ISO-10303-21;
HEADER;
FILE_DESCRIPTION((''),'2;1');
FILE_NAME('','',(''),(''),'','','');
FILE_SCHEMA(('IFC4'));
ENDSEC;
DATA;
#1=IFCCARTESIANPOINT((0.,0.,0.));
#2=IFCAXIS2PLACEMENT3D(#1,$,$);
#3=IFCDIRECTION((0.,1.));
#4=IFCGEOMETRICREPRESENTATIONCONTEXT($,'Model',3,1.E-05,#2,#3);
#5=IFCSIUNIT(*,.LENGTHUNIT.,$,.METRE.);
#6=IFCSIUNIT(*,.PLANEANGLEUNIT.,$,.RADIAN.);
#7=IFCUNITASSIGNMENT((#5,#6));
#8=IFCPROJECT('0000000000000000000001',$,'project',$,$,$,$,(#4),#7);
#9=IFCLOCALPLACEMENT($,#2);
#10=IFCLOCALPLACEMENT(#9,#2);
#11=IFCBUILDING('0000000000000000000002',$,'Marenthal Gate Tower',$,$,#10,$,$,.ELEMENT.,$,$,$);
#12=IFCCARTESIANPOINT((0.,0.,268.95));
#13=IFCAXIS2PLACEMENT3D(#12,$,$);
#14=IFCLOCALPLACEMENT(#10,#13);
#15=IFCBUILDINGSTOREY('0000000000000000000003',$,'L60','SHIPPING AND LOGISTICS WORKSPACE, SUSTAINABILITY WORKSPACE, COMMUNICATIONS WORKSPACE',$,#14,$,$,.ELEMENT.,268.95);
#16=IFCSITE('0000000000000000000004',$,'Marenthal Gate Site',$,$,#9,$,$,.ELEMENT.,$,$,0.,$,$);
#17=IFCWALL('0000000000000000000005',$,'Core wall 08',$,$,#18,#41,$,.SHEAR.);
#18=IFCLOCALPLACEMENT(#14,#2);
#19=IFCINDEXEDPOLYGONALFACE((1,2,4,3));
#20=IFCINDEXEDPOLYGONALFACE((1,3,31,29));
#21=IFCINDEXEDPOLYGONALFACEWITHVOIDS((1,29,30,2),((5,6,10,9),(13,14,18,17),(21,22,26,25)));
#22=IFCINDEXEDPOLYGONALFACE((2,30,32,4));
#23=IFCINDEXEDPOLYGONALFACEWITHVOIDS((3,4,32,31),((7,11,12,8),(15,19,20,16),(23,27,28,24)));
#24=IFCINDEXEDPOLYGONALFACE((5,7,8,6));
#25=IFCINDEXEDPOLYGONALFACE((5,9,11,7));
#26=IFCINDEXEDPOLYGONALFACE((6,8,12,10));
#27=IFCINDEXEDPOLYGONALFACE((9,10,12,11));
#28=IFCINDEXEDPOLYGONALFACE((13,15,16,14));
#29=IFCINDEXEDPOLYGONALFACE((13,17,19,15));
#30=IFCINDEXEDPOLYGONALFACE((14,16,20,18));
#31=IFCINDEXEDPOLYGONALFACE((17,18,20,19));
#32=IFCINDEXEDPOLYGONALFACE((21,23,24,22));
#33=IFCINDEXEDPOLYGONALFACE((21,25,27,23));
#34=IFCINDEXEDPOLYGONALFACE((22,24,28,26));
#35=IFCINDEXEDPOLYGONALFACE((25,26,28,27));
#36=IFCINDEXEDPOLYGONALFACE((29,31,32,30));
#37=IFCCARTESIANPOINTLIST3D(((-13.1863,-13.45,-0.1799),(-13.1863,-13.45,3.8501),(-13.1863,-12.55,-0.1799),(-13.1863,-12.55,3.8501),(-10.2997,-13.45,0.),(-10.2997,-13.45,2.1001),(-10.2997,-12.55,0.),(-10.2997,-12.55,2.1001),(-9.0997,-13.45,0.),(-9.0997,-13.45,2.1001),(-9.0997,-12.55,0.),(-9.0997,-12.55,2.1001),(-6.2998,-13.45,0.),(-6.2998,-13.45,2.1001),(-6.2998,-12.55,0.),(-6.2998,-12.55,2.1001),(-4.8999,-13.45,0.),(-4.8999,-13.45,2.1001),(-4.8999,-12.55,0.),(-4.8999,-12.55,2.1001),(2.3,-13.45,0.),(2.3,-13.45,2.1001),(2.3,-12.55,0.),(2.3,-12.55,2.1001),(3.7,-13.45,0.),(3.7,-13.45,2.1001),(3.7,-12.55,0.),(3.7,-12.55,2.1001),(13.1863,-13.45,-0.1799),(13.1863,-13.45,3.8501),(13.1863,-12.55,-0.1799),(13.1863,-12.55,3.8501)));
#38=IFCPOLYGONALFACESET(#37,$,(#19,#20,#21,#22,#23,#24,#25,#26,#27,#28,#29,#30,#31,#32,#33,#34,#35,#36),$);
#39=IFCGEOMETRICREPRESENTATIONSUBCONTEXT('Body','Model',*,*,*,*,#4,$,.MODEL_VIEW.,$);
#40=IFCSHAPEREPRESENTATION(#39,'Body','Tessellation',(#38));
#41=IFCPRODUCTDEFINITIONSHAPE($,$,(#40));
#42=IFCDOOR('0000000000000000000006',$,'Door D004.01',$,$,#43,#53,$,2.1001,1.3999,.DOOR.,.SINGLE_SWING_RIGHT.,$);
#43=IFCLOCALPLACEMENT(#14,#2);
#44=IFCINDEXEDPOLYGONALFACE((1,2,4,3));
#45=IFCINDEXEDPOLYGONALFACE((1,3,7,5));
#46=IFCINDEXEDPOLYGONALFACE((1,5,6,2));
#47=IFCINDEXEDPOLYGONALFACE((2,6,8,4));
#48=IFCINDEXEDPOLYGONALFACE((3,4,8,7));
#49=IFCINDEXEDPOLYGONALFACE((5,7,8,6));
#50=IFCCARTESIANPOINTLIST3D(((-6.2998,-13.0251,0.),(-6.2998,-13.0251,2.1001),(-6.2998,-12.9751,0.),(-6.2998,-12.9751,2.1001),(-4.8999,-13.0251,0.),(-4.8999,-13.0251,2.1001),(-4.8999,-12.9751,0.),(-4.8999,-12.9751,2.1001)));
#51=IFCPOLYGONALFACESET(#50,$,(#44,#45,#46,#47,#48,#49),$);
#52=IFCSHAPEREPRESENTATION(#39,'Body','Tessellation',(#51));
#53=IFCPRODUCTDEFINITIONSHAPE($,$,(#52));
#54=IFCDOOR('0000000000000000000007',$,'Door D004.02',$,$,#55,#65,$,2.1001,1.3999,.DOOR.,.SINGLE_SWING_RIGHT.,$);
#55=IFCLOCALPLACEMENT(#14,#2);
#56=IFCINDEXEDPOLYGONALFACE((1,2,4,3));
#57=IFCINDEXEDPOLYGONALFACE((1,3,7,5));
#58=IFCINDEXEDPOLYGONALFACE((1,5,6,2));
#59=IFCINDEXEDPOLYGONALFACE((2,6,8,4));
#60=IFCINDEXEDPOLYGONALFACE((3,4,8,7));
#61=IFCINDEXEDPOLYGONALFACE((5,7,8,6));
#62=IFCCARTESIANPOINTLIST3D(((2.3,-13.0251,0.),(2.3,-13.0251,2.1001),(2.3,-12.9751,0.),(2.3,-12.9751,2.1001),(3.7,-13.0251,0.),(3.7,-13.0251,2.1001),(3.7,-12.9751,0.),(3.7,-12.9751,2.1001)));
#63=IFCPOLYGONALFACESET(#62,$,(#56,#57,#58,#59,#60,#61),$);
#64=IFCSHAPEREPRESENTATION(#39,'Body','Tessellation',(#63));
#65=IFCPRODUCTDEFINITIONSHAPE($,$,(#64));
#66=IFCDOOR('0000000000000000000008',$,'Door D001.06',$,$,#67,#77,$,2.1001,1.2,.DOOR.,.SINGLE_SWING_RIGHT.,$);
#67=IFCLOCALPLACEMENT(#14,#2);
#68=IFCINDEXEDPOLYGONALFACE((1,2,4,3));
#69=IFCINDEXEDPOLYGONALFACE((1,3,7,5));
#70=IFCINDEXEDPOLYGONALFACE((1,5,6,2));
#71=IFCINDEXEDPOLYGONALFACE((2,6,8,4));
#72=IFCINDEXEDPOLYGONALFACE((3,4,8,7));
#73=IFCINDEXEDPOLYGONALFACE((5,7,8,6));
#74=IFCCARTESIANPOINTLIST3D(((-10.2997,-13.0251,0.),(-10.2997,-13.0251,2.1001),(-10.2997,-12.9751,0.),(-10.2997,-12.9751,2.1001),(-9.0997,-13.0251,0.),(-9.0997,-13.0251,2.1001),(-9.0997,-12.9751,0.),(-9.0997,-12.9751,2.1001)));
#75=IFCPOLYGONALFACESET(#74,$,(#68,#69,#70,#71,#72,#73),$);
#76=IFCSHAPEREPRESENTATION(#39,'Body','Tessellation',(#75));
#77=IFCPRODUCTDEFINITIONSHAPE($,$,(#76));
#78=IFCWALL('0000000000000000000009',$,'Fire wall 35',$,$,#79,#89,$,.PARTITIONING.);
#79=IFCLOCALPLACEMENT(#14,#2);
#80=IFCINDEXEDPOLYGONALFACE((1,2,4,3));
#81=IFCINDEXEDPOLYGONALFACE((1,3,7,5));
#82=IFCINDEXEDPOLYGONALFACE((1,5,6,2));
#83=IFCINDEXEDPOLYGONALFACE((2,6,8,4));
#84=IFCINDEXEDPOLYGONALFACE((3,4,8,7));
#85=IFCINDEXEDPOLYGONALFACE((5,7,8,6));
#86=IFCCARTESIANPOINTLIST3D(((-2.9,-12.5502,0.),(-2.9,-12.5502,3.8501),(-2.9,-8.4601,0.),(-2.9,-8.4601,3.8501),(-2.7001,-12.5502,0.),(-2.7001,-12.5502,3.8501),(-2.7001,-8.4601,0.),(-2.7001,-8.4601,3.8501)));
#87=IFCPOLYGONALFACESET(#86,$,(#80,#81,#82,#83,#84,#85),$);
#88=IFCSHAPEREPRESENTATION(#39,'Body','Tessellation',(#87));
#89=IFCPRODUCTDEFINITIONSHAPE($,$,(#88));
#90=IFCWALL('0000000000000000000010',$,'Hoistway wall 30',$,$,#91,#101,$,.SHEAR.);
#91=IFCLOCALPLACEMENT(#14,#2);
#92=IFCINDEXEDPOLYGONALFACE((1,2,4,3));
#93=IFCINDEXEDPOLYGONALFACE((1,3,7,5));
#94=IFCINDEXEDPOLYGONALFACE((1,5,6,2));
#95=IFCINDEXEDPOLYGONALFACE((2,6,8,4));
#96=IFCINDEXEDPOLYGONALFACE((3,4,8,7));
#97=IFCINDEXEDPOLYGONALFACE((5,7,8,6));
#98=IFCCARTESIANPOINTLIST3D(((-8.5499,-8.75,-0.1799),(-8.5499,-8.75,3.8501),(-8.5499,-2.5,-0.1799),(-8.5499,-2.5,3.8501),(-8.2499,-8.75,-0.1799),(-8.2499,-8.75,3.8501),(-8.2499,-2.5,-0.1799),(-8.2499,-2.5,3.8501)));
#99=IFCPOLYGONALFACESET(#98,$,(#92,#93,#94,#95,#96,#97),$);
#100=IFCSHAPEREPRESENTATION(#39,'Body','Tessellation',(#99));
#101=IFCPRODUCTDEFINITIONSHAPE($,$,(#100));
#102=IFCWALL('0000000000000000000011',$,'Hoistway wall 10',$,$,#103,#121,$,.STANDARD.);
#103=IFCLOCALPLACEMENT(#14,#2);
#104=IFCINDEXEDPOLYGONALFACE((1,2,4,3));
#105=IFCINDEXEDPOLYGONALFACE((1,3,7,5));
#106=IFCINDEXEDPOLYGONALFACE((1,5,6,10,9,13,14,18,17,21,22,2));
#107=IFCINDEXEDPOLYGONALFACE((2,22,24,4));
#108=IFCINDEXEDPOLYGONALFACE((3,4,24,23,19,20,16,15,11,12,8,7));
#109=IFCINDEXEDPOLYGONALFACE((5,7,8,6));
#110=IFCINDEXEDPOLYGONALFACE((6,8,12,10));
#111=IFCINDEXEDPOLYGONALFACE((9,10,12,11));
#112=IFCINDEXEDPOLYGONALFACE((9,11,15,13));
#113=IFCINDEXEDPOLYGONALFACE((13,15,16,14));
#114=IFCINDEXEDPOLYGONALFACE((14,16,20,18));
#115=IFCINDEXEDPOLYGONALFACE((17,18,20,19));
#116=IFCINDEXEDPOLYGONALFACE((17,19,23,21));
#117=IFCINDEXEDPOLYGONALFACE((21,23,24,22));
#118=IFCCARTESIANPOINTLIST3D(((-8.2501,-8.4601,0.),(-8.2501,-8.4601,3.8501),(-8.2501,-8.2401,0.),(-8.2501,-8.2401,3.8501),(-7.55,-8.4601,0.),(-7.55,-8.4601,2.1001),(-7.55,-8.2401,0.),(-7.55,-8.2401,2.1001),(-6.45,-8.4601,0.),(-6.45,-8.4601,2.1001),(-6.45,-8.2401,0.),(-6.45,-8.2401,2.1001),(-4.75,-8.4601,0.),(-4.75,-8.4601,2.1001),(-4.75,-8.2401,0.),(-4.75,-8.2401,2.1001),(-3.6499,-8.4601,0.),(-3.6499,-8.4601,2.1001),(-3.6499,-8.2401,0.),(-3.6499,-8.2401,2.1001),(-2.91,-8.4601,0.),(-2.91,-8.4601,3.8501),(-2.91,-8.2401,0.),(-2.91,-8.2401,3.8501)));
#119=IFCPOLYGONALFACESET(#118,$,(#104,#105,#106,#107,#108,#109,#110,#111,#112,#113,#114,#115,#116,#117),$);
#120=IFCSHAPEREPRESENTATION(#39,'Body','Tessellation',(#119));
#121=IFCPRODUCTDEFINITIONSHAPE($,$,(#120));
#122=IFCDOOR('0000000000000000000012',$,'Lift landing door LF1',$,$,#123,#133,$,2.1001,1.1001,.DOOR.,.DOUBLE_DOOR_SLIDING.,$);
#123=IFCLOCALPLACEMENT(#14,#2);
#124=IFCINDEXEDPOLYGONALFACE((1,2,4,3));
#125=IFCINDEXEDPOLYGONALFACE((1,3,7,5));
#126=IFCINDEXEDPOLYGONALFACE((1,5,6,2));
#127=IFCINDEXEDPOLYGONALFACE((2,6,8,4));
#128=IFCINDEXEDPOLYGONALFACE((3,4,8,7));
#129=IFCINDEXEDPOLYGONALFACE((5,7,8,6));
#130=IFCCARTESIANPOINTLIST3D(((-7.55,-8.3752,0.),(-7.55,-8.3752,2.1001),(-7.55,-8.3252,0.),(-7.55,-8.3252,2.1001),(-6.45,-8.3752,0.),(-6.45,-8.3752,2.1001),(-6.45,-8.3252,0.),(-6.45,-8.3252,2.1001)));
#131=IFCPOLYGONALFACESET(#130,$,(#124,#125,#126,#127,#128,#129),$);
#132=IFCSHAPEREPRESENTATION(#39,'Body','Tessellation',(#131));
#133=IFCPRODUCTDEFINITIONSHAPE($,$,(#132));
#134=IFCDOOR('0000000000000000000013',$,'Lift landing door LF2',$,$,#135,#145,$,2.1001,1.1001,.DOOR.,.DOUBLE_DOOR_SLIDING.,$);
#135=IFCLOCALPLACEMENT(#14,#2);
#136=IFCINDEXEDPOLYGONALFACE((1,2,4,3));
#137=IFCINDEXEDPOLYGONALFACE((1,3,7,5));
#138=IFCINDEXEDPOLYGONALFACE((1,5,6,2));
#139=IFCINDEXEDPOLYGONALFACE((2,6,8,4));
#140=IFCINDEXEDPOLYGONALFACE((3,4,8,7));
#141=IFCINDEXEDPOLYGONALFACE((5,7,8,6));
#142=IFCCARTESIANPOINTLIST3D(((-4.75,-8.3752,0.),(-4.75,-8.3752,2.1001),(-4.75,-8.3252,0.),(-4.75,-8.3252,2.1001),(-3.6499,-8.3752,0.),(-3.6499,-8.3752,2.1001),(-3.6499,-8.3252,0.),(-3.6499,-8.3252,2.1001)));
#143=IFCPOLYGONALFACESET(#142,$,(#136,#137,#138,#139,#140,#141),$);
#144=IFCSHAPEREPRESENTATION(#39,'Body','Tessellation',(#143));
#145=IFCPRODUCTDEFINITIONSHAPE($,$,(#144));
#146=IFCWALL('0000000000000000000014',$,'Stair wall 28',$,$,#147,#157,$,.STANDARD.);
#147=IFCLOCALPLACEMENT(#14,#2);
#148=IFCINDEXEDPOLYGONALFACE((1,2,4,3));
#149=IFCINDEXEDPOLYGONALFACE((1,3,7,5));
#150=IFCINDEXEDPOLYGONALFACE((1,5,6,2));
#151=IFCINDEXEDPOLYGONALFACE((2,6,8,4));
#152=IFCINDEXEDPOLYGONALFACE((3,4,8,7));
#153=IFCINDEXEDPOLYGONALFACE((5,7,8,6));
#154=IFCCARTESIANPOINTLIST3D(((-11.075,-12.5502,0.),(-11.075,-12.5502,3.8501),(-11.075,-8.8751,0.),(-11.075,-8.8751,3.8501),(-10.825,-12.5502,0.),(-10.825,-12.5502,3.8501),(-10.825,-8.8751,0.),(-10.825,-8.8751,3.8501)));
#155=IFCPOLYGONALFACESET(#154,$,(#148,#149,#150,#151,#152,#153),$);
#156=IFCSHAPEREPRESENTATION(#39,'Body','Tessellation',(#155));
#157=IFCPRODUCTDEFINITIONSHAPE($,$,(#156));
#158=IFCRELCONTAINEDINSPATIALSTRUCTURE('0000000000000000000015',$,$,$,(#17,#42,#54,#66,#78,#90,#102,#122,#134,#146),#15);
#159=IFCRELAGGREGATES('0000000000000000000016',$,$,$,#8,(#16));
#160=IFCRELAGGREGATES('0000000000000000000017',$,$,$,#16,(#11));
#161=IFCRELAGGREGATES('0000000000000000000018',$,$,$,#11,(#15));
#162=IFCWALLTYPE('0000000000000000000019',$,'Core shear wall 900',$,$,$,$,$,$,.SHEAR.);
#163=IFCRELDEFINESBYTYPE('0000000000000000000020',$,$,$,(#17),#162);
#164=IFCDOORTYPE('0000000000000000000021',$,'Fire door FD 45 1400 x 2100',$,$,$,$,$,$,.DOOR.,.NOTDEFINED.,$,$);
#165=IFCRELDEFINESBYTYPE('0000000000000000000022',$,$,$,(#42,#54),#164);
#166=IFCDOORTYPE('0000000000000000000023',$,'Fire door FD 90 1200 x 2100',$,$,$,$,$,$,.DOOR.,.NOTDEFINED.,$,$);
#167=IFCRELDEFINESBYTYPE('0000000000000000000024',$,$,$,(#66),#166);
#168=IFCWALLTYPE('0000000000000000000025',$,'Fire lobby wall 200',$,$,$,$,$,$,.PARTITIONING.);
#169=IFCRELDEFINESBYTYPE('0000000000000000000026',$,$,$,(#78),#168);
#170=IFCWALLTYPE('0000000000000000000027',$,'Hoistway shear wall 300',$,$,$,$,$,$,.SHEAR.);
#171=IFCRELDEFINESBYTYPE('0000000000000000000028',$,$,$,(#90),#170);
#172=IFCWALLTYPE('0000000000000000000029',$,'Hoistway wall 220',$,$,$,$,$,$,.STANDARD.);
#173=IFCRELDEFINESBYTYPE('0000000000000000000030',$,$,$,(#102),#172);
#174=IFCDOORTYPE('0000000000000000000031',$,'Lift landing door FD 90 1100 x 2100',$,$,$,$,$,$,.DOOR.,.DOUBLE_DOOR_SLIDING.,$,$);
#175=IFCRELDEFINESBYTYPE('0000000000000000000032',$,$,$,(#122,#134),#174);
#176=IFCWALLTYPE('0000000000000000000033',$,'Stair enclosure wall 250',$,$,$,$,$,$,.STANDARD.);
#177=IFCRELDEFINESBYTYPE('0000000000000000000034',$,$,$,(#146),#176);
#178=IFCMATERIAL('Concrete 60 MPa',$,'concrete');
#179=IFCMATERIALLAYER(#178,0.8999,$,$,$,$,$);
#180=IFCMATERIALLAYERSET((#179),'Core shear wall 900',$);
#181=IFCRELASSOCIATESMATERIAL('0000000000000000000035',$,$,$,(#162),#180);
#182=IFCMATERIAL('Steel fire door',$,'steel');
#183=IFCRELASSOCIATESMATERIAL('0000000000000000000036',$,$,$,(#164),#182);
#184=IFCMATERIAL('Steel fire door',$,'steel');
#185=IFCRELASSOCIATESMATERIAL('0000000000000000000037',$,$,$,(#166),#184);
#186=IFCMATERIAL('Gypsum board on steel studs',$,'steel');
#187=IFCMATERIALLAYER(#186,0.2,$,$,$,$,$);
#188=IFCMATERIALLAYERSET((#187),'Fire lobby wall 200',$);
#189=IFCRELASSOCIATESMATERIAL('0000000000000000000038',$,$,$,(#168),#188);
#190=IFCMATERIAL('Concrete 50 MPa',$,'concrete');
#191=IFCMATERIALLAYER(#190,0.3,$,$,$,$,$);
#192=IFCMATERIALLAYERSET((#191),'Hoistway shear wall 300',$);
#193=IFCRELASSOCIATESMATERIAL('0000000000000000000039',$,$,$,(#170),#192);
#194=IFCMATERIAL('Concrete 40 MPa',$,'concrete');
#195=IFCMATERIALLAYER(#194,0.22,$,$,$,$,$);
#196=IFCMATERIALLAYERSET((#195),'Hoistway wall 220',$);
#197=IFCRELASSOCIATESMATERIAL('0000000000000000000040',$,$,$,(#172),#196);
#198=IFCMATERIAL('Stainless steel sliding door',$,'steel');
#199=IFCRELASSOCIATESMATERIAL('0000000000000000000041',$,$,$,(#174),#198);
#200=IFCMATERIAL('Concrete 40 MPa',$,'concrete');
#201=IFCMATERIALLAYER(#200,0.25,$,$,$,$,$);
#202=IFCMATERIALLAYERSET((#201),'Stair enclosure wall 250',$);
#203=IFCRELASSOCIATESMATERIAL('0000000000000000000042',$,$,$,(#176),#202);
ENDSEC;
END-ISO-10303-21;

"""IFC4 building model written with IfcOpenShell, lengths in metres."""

from ifc_helpers import new_model, si_unit, direction, frame, frame_2d, origin, place, context, subcontext, project, spatial, rectangle, extrude, material, layer, layer_set, type_object, element, fill, save


model = new_model("IFC4")

# Units and contexts
model_context = context("Model", 3, precision=1e-05, world=origin(), true_north=direction((0.0, 1.0)))
body_context = subcontext(model_context, "Body", "Model", "MODEL_VIEW")
ifc_project = project(units=[si_unit("LENGTHUNIT", "METRE"), si_unit("PLANEANGLEUNIT", "RADIAN")], contexts=[model_context])

# Site, building, storey
site_placement = place(None, origin())
site = spatial("IfcSite", under=ifc_project, at=site_placement, Name="Marenthal Gate Site", CompositionType="ELEMENT", RefElevation=0.0)
building_placement = place(site_placement, origin())
building = spatial("IfcBuilding", under=site, at=building_placement, Name="Marenthal Gate Tower", CompositionType="ELEMENT")
storey_placement = place(building_placement, frame((0.0, 0.0, 268.95)))
storey = spatial("IfcBuildingStorey", under=building, at=storey_placement, Name="L60", Description="SHIPPING AND LOGISTICS WORKSPACE, SUSTAINABILITY WORKSPACE, COMMUNICATIONS WORKSPACE", CompositionType="ELEMENT", Elevation=268.95)

# Wall, openings, doors
ifc_material_1 = material(Name="Concrete 60 MPa", Category="concrete")
ifc_layer_1 = layer(ifc_material_1, 0.8999)
ifc_layer_set_1 = layer_set([ifc_layer_1], Name="Core shear wall 900")
wall_type_1 = type_object("IfcWallType", Name="Core shear wall 900", PredefinedType="SHEAR", material=ifc_layer_set_1)
wall_1_placement = place(storey_placement, frame((-13.1863, -13.0, -0.1799), z_axis=(0.0, 0.0, 1.0), x_axis=(1.0, 0.0, 0.0)))
wall_1 = element("IfcWall", 1, at=wall_1_placement, inside=storey, type_object=wall_type_1, Name="Core wall 08", PredefinedType="SHEAR", context=body_context, shape_type="SweptSolid", body=[
    extrude(rectangle(XDim=26.3726, YDim=0.8999, at=frame_2d((13.1863, 0.0))), origin(), (0.0, 0.0, 1.0), 4.03),
])
opening_1_placement = place(wall_1_placement, frame((2.8865, 0.0, 0.1799)))
opening_1 = element("IfcOpeningElement", 2, at=opening_1_placement, cuts=wall_1, PredefinedType="OPENING", context=body_context, shape_type="SweptSolid", body=[
    extrude(rectangle(XDim=1.2, YDim=2.1001, at=frame_2d((0.6001, 1.05))), frame((0.0, 0.46, 0.0), z_axis=(0.0, -1.0, 0.0), x_axis=(1.0, 0.0, 0.0)), (0.0, 0.0, 1.0), 0.9199),
])
opening_2_placement = place(wall_1_placement, frame((6.8865, 0.0, 0.1799)))
opening_2 = element("IfcOpeningElement", 3, at=opening_2_placement, cuts=wall_1, PredefinedType="OPENING", context=body_context, shape_type="SweptSolid", body=[
    extrude(rectangle(XDim=1.3999, YDim=2.1001, at=frame_2d((0.7, 1.05))), frame((0.0, 0.46, 0.0), z_axis=(0.0, -1.0, 0.0), x_axis=(1.0, 0.0, 0.0)), (0.0, 0.0, 1.0), 0.9199),
])
opening_3_placement = place(wall_1_placement, frame((15.4863, 0.0, 0.1799)))
opening_3 = element("IfcOpeningElement", 4, at=opening_3_placement, cuts=wall_1, PredefinedType="OPENING", context=body_context, shape_type="SweptSolid", body=[
    extrude(rectangle(XDim=1.3999, YDim=2.1001, at=frame_2d((0.7, 1.05))), frame((0.0, 0.46, 0.0), z_axis=(0.0, -1.0, 0.0), x_axis=(1.0, 0.0, 0.0)), (0.0, 0.0, 1.0), 0.9199),
])
ifc_material_2 = material(Name="Steel fire door", Category="steel")
door_type_1 = type_object("IfcDoorType", Name="Fire door FD 45 1400 x 2100", OperationType="NOTDEFINED", PredefinedType="DOOR", material=ifc_material_2)
door_1_placement = place(opening_2_placement, origin())
door_1 = element("IfcDoor", 5, at=door_1_placement, inside=storey, type_object=door_type_1, Name="Door D004.01", OperationType="SINGLE_SWING_RIGHT", OverallHeight=2.1001, OverallWidth=1.3999, PredefinedType="DOOR", context=body_context, shape_type="SweptSolid", body=[
    extrude(rectangle(XDim=1.3999, YDim=2.1001, at=frame_2d((0.7, 1.05))), frame((0.0, 0.0249, 0.0), z_axis=(0.0, -1.0, 0.0), x_axis=(1.0, 0.0, 0.0)), (0.0, 0.0, 1.0), 0.05),
])
fill(opening_2, door_1)
door_2_placement = place(opening_3_placement, origin())
door_2 = element("IfcDoor", 6, at=door_2_placement, inside=storey, type_object=door_type_1, Name="Door D004.02", OperationType="SINGLE_SWING_RIGHT", OverallHeight=2.1001, OverallWidth=1.3999, PredefinedType="DOOR", context=body_context, shape_type="SweptSolid", body=[
    extrude(rectangle(XDim=1.3999, YDim=2.1001, at=frame_2d((0.7, 1.05))), frame((0.0, 0.0249, 0.0), z_axis=(0.0, -1.0, 0.0), x_axis=(1.0, 0.0, 0.0)), (0.0, 0.0, 1.0), 0.05),
])
fill(opening_3, door_2)
ifc_material_3 = material(Name="Steel fire door", Category="steel")
door_type_2 = type_object("IfcDoorType", Name="Fire door FD 90 1200 x 2100", OperationType="NOTDEFINED", PredefinedType="DOOR", material=ifc_material_3)
door_3_placement = place(opening_1_placement, origin())
door_3 = element("IfcDoor", 7, at=door_3_placement, inside=storey, type_object=door_type_2, Name="Door D001.06", OperationType="SINGLE_SWING_RIGHT", OverallHeight=2.1001, OverallWidth=1.2, PredefinedType="DOOR", context=body_context, shape_type="SweptSolid", body=[
    extrude(rectangle(XDim=1.2, YDim=2.1001, at=frame_2d((0.6001, 1.05))), frame((0.0, 0.0249, 0.0), z_axis=(0.0, -1.0, 0.0), x_axis=(1.0, 0.0, 0.0)), (0.0, 0.0, 1.0), 0.05),
])
fill(opening_1, door_3)

# Walls
ifc_material_4 = material(Name="Gypsum board on steel studs", Category="steel")
ifc_layer_2 = layer(ifc_material_4, 0.2)
ifc_layer_set_2 = layer_set([ifc_layer_2], Name="Fire lobby wall 200")
wall_type_2 = type_object("IfcWallType", Name="Fire lobby wall 200", PredefinedType="PARTITIONING", material=ifc_layer_set_2)
wall_2_placement = place(storey_placement, frame((-2.8, -12.55, 0.0), z_axis=(0.0, 0.0, 1.0), x_axis=(0.0, 1.0, 0.0)))
element("IfcWall", 8, at=wall_2_placement, inside=storey, type_object=wall_type_2, Name="Fire wall 35", PredefinedType="PARTITIONING", context=body_context, shape_type="SweptSolid", body=[
    extrude(rectangle(XDim=4.0901, YDim=0.2, at=frame_2d((2.0449, 0.0))), origin(), (0.0, 0.0, 1.0), 3.8501),
])
ifc_material_5 = material(Name="Concrete 50 MPa", Category="concrete")
ifc_layer_3 = layer(ifc_material_5, 0.3)
ifc_layer_set_3 = layer_set([ifc_layer_3], Name="Hoistway shear wall 300")
wall_type_3 = type_object("IfcWallType", Name="Hoistway shear wall 300", PredefinedType="SHEAR", material=ifc_layer_set_3)
wall_3_placement = place(storey_placement, frame((-8.3999, -8.75, -0.1799), z_axis=(0.0, 0.0, 1.0), x_axis=(0.0, 1.0, 0.0)))
element("IfcWall", 9, at=wall_3_placement, inside=storey, type_object=wall_type_3, Name="Hoistway wall 30", PredefinedType="SHEAR", context=body_context, shape_type="SweptSolid", body=[
    extrude(rectangle(XDim=6.25, YDim=0.3, at=frame_2d((3.125, 0.0))), origin(), (0.0, 0.0, 1.0), 4.03),
])

# Wall, openings, doors
ifc_material_6 = material(Name="Concrete 40 MPa", Category="concrete")
ifc_layer_4 = layer(ifc_material_6, 0.22)
ifc_layer_set_4 = layer_set([ifc_layer_4], Name="Hoistway wall 220")
wall_type_4 = type_object("IfcWallType", Name="Hoistway wall 220", PredefinedType="STANDARD", material=ifc_layer_set_4)
wall_4_placement = place(storey_placement, frame((-8.25, -8.3501, 0.0), z_axis=(0.0, 0.0, 1.0), x_axis=(1.0, 0.0, 0.0)))
wall_4 = element("IfcWall", 10, at=wall_4_placement, inside=storey, type_object=wall_type_4, Name="Hoistway wall 10", PredefinedType="STANDARD", context=body_context, shape_type="SweptSolid", body=[
    extrude(rectangle(XDim=5.3401, YDim=0.22, at=frame_2d((2.6699, 0.0))), origin(), (0.0, 0.0, 1.0), 3.8501),
])
opening_4_placement = place(wall_4_placement, frame((0.7, 0.0, 0.0)))
opening_4 = element("IfcOpeningElement", 11, at=opening_4_placement, cuts=wall_4, PredefinedType="OPENING", context=body_context, shape_type="SweptSolid", body=[
    extrude(rectangle(XDim=1.1001, YDim=2.1001, at=frame_2d((0.55, 1.05))), frame((0.0, 0.1201, 0.0), z_axis=(0.0, -1.0, 0.0), x_axis=(1.0, 0.0, 0.0)), (0.0, 0.0, 1.0), 0.24),
])
opening_5_placement = place(wall_4_placement, frame((3.5, 0.0, 0.0)))
opening_5 = element("IfcOpeningElement", 12, at=opening_5_placement, cuts=wall_4, PredefinedType="OPENING", context=body_context, shape_type="SweptSolid", body=[
    extrude(rectangle(XDim=1.1001, YDim=2.1001, at=frame_2d((0.55, 1.05))), frame((0.0, 0.1201, 0.0), z_axis=(0.0, -1.0, 0.0), x_axis=(1.0, 0.0, 0.0)), (0.0, 0.0, 1.0), 0.24),
])
ifc_material_7 = material(Name="Stainless steel sliding door", Category="steel")
door_type_3 = type_object("IfcDoorType", Name="Lift landing door FD 90 1100 x 2100", OperationType="DOUBLE_DOOR_SLIDING", PredefinedType="DOOR", material=ifc_material_7)
door_4_placement = place(opening_4_placement, origin())
door_4 = element("IfcDoor", 13, at=door_4_placement, inside=storey, type_object=door_type_3, Name="Lift landing door LF1", OperationType="DOUBLE_DOOR_SLIDING", OverallHeight=2.1001, OverallWidth=1.1001, PredefinedType="DOOR", context=body_context, shape_type="SweptSolid", body=[
    extrude(rectangle(XDim=1.1001, YDim=2.1001, at=frame_2d((0.55, 1.05))), frame((0.0, 0.0249, 0.0), z_axis=(0.0, -1.0, 0.0), x_axis=(1.0, 0.0, 0.0)), (0.0, 0.0, 1.0), 0.05),
])
fill(opening_4, door_4)
door_5_placement = place(opening_5_placement, origin())
door_5 = element("IfcDoor", 14, at=door_5_placement, inside=storey, type_object=door_type_3, Name="Lift landing door LF2", OperationType="DOUBLE_DOOR_SLIDING", OverallHeight=2.1001, OverallWidth=1.1001, PredefinedType="DOOR", context=body_context, shape_type="SweptSolid", body=[
    extrude(rectangle(XDim=1.1001, YDim=2.1001, at=frame_2d((0.55, 1.05))), frame((0.0, 0.0249, 0.0), z_axis=(0.0, -1.0, 0.0), x_axis=(1.0, 0.0, 0.0)), (0.0, 0.0, 1.0), 0.05),
])
fill(opening_5, door_5)

# Wall
ifc_material_8 = material(Name="Concrete 40 MPa", Category="concrete")
ifc_layer_5 = layer(ifc_material_8, 0.25)
ifc_layer_set_5 = layer_set([ifc_layer_5], Name="Stair enclosure wall 250")
wall_type_5 = type_object("IfcWallType", Name="Stair enclosure wall 250", PredefinedType="STANDARD", material=ifc_layer_set_5)
wall_5_placement = place(storey_placement, frame((-10.95, -12.55, 0.0), z_axis=(0.0, 0.0, 1.0), x_axis=(0.0, 1.0, 0.0)))
element("IfcWall", 15, at=wall_5_placement, inside=storey, type_object=wall_type_5, Name="Stair wall 28", PredefinedType="STANDARD", context=body_context, shape_type="SweptSolid", body=[
    extrude(rectangle(XDim=3.675, YDim=0.25, at=frame_2d((1.8374, 0.0))), origin(), (0.0, 0.0, 1.0), 3.8501),
])

save(model, "model.ifc")
